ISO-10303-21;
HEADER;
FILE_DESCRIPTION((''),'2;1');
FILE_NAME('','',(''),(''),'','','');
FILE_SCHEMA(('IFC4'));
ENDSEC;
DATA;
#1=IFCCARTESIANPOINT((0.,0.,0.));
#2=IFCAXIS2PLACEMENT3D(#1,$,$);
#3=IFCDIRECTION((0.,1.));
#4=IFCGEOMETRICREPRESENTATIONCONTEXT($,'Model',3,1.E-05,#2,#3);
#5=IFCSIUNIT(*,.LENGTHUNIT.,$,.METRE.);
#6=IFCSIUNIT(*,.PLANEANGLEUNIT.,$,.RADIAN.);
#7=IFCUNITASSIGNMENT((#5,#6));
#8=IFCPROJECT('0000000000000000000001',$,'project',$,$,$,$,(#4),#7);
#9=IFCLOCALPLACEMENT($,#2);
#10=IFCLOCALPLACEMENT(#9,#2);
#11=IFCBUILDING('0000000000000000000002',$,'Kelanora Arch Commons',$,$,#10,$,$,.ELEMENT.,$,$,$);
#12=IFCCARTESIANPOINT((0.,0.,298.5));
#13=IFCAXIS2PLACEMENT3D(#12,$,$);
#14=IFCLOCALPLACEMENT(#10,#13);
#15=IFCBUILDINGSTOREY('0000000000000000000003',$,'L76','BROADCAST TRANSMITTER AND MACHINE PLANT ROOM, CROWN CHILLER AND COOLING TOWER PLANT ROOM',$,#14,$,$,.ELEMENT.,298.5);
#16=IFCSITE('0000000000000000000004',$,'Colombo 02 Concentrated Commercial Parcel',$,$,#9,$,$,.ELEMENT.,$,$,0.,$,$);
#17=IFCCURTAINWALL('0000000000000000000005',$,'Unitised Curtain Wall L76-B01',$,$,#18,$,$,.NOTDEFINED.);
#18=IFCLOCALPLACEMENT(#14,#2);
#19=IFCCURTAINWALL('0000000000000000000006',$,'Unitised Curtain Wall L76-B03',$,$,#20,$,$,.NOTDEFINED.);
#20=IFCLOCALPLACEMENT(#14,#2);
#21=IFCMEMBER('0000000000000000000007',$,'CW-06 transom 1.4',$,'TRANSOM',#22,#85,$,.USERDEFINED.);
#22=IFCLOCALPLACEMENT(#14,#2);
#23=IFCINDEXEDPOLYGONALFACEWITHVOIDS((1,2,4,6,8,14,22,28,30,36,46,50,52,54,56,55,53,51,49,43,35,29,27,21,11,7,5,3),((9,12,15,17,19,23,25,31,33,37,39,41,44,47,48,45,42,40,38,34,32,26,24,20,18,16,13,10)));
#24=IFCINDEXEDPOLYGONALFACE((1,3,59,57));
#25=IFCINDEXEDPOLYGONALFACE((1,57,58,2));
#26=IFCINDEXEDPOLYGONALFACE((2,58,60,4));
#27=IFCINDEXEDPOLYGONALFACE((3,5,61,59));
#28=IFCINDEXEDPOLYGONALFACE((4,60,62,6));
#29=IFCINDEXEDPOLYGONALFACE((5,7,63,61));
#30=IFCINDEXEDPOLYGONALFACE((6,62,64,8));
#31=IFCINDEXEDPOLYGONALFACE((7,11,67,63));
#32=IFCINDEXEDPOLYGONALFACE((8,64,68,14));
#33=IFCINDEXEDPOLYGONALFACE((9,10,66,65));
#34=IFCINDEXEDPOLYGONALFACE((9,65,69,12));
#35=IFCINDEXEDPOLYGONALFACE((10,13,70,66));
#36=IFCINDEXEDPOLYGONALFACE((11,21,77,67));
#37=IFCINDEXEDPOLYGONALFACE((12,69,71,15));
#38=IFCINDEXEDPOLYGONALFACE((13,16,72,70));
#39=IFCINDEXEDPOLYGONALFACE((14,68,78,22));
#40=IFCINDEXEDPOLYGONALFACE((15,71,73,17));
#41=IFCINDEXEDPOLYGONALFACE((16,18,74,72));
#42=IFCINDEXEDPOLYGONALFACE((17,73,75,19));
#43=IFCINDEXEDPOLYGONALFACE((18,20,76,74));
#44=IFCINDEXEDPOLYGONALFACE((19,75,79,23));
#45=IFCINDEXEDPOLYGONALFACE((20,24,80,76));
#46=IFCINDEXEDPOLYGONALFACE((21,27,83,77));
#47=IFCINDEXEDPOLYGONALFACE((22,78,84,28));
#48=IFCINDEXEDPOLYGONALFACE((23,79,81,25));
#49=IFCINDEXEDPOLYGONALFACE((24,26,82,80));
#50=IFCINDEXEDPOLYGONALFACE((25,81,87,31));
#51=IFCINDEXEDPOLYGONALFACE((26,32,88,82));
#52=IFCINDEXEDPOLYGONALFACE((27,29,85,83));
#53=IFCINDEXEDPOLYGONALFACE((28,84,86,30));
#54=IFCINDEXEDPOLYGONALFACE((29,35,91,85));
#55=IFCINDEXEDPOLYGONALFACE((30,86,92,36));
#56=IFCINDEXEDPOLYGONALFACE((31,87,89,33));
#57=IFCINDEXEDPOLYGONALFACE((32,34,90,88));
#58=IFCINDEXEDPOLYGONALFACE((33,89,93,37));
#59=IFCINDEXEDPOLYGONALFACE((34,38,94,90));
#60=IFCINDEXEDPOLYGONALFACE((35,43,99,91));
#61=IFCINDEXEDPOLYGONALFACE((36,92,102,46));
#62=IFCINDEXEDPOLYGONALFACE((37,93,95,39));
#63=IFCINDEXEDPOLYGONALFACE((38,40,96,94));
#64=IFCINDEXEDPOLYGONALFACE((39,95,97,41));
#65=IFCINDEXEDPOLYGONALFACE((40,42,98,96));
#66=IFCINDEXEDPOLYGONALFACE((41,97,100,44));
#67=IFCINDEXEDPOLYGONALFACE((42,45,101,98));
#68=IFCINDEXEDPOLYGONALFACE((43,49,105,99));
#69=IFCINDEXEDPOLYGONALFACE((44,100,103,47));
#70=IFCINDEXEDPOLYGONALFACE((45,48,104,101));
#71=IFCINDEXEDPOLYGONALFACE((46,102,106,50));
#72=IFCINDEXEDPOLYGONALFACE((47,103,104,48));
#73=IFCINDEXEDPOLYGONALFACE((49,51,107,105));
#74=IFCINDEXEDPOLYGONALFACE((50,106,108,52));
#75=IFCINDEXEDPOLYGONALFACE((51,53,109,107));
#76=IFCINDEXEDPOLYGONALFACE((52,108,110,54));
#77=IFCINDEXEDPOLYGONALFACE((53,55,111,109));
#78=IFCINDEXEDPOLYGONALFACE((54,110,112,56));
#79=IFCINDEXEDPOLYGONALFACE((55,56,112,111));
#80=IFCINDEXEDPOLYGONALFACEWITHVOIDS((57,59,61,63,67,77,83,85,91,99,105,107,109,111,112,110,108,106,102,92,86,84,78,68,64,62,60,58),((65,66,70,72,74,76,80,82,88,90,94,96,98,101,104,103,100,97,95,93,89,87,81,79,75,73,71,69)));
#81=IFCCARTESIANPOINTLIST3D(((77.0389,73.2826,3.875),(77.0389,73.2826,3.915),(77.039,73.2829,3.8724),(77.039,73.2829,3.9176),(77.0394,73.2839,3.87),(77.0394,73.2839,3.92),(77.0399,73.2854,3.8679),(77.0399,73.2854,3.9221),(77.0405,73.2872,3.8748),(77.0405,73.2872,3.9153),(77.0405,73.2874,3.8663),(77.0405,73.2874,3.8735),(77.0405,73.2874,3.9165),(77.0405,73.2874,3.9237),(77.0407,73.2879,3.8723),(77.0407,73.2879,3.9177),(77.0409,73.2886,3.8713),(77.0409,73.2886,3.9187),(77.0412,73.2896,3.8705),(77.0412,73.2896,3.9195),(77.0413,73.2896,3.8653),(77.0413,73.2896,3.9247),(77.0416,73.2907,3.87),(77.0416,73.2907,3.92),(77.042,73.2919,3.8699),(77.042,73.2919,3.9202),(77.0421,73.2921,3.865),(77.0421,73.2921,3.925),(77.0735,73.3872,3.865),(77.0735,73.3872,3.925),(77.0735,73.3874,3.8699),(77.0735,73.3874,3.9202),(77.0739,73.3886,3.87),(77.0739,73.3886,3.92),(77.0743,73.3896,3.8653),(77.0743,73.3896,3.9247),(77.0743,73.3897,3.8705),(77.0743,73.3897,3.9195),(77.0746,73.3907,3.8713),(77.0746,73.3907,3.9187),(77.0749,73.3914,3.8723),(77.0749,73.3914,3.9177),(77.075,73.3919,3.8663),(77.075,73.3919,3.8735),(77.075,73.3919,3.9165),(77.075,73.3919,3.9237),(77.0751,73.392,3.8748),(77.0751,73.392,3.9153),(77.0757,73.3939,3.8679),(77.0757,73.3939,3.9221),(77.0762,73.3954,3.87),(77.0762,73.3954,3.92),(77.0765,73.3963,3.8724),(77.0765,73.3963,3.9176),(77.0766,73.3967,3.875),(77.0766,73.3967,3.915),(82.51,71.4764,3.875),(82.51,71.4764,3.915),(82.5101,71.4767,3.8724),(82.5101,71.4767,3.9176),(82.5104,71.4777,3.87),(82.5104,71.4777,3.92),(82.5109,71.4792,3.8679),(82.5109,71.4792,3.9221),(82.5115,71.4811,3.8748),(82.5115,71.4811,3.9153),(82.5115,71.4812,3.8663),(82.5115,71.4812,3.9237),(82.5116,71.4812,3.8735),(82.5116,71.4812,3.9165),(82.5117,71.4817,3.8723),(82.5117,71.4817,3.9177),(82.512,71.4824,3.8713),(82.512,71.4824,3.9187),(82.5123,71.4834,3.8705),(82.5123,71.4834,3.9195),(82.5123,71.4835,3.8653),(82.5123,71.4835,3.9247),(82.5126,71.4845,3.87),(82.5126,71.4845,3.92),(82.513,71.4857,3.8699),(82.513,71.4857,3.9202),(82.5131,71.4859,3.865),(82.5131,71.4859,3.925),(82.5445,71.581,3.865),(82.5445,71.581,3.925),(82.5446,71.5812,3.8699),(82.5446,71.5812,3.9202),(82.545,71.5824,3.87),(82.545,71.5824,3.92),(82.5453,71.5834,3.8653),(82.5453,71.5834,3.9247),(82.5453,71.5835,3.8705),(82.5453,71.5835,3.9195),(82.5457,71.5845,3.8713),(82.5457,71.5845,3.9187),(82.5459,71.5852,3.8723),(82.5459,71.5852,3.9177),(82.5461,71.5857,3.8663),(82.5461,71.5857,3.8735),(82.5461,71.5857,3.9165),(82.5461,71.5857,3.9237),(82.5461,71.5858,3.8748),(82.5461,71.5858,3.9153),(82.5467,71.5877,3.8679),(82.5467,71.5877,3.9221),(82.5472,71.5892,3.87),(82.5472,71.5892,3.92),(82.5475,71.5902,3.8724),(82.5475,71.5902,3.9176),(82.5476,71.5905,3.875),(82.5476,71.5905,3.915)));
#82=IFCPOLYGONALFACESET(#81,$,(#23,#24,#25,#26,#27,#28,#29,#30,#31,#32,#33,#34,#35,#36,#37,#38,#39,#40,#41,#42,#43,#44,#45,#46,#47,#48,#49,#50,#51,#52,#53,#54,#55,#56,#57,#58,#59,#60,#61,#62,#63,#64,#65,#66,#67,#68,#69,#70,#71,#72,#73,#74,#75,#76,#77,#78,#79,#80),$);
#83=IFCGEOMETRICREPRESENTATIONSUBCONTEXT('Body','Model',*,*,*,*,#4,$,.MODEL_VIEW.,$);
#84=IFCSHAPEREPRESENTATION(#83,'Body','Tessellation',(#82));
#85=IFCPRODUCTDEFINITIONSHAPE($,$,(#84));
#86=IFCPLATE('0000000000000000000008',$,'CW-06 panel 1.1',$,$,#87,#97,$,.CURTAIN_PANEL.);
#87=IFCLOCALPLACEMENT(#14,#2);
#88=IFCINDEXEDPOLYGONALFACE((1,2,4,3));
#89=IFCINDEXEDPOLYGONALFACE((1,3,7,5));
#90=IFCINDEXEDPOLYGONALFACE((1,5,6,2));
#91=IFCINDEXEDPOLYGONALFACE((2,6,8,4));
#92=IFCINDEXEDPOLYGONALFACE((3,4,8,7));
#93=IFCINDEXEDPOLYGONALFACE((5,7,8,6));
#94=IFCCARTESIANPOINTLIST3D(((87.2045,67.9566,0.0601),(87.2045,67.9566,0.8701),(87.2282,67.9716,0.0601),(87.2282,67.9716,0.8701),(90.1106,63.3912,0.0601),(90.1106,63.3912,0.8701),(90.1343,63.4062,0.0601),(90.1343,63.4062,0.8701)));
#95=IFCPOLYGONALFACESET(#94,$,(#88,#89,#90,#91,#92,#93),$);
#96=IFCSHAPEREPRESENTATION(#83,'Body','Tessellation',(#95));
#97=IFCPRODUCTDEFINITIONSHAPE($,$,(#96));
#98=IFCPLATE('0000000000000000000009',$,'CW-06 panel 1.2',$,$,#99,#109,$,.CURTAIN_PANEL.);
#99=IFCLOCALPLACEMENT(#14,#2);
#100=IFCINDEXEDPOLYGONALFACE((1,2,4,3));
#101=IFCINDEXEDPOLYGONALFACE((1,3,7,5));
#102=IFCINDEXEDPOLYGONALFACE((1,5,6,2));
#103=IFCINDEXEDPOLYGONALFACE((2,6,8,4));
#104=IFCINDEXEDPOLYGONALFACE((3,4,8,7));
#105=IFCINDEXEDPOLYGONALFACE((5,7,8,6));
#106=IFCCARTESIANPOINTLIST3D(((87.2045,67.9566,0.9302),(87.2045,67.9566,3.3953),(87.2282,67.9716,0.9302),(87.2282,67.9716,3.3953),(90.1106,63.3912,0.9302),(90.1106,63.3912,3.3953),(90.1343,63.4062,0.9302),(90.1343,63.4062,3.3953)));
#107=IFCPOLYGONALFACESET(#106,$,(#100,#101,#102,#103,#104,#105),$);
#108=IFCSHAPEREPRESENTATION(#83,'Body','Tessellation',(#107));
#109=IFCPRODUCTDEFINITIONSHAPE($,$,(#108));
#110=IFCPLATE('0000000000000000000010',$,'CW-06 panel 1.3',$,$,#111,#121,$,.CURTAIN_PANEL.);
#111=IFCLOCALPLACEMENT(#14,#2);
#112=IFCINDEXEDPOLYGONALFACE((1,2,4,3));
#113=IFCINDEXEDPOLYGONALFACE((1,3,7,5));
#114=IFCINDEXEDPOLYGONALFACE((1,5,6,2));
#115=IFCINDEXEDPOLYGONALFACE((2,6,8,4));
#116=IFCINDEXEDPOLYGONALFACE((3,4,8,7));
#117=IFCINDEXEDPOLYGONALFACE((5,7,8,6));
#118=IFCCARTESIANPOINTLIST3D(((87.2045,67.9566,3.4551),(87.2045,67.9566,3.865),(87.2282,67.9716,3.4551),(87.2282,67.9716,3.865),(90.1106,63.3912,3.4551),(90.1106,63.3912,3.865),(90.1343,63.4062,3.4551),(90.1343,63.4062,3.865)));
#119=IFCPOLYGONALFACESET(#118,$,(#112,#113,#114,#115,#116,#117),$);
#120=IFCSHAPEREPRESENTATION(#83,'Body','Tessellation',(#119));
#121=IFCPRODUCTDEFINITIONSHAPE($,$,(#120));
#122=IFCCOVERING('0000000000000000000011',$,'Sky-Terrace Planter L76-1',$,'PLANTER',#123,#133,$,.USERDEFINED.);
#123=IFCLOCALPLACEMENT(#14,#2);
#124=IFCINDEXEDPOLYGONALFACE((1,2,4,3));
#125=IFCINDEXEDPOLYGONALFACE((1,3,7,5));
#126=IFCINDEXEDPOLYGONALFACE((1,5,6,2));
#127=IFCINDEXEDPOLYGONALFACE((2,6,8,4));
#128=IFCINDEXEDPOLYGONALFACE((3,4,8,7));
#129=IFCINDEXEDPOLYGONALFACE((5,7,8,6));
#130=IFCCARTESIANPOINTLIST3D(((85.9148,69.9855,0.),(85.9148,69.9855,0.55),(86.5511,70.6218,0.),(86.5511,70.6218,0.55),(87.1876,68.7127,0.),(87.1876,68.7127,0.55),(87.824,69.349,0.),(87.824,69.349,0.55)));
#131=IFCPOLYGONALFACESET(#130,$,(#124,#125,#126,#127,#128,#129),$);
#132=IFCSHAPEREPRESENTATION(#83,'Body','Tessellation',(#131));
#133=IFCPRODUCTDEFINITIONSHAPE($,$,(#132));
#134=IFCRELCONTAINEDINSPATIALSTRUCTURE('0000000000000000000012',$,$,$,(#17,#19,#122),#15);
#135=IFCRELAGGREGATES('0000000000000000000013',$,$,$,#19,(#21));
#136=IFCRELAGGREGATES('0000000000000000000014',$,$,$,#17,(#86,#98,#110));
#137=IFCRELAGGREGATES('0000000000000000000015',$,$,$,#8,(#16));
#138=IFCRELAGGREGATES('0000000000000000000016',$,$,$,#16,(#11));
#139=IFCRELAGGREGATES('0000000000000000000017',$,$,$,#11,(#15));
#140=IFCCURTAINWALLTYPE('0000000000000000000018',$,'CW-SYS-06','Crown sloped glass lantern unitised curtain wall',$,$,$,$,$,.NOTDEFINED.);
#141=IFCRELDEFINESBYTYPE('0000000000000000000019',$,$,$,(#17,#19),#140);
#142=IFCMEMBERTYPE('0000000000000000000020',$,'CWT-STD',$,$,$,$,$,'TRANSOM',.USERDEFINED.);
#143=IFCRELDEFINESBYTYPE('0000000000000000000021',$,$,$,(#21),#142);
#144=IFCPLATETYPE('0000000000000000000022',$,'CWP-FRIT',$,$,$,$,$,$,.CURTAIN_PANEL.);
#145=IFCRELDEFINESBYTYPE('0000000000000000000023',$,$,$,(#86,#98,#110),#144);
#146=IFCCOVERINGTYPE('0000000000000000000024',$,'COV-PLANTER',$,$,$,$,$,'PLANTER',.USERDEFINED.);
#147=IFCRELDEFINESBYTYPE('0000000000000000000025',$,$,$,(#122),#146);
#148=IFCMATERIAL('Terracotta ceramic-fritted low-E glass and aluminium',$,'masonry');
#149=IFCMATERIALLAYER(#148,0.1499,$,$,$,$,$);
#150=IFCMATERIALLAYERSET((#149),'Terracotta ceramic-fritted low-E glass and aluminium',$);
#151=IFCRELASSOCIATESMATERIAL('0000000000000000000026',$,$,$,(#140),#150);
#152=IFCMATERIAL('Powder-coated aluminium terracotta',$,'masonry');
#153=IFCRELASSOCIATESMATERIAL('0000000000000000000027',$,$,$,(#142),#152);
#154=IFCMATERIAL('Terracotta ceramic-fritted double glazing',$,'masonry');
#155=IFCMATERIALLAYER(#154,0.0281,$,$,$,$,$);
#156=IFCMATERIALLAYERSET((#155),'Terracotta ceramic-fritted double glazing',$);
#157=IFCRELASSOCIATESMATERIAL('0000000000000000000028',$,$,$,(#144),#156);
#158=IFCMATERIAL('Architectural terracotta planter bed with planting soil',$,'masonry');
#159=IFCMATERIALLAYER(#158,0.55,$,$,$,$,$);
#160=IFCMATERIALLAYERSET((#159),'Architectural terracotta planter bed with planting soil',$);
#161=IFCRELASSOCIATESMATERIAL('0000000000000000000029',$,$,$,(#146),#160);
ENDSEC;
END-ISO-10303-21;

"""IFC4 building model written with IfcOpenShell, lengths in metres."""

from ifc_helpers import new_model, si_unit, direction, frame, origin, origin_2d, place, context, subcontext, project, spatial, rectangle, hollow_rectangle, extrude, source, transform, mapped, material, layer, layer_set, material_profile, profile_set, type_object, element, aggregate, save


model = new_model("IFC4")

# Units and contexts
model_context = context("Model", 3, precision=1e-05, world=origin(), true_north=direction((0.0, 1.0)))
body_context = subcontext(model_context, "Body", "Model", "MODEL_VIEW")
ifc_project = project(units=[si_unit("LENGTHUNIT", "METRE"), si_unit("PLANEANGLEUNIT", "RADIAN")], contexts=[model_context])

# Site, building, storey
site_placement = place(None, origin())
site = spatial("IfcSite", under=ifc_project, at=site_placement, Name="Colombo 02 Concentrated Commercial Parcel", CompositionType="ELEMENT", RefElevation=0.0)
building_placement = place(site_placement, origin())
building = spatial("IfcBuilding", under=site, at=building_placement, Name="Kelanora Arch Commons", CompositionType="ELEMENT")
storey_placement = place(building_placement, frame((0.0, 0.0, 298.5)))
storey = spatial("IfcBuildingStorey", under=building, at=storey_placement, Name="L76", Description="BROADCAST TRANSMITTER AND MACHINE PLANT ROOM, CROWN CHILLER AND COOLING TOWER PLANT ROOM", CompositionType="ELEMENT", Elevation=298.5)

# Curtain walls
ifc_material_1 = material(Name="Terracotta ceramic-fritted low-E glass and aluminium", Category="masonry")
ifc_layer_1 = layer(ifc_material_1, 0.1499)
ifc_layer_set_1 = layer_set([ifc_layer_1], Name="Terracotta ceramic-fritted low-E glass and aluminium")
curtain_wall_type = type_object("IfcCurtainWallType", Name="CW-SYS-06", Description="Crown sloped glass lantern unitised curtain wall", PredefinedType="NOTDEFINED", material=ifc_layer_set_1)
curtain_wall_1_placement = place(storey_placement, origin())
curtain_wall_1 = element("IfcCurtainWall", 1, at=curtain_wall_1_placement, inside=storey, type_object=curtain_wall_type, Name="Unitised Curtain Wall L76-B01", PredefinedType="NOTDEFINED")
ifc_material_2 = material(Name="Powder-coated aluminium terracotta", Category="masonry")
curtain_wall_2_placement = place(storey_placement, origin())
curtain_wall_2 = element("IfcCurtainWall", 2, at=curtain_wall_2_placement, inside=storey, type_object=curtain_wall_type, Name="Unitised Curtain Wall L76-B03", PredefinedType="NOTDEFINED")

# Member
ifc_material_profile_1 = material_profile(ifc_material_2, hollow_rectangle(XDim=0.1201, YDim=0.0601, WallThickness=0.0049, InnerFilletRadius=0.0049, OuterFilletRadius=0.01, at=origin_2d()), Name="CWT120x60")
ifc_profile_set_1 = profile_set([ifc_material_profile_1], Name="Powder-coated aluminium terracotta")
member_type_1 = type_object("IfcMemberType", Name="CWT-STD", ElementType="TRANSOM", PredefinedType="USERDEFINED", material=ifc_profile_set_1)
member_1_placement = place(storey_placement, frame((82.5288, 71.5334, 3.895), z_axis=(-0.94959, 0.313493, 0.0), x_axis=(-0.313493, -0.94959, 0.0)))
member_1 = element("IfcMember", 3, at=member_1_placement, type_object=member_type_1, Name="CW-06 transom 1.4", ObjectType="TRANSOM", PredefinedType="USERDEFINED", context=body_context, shape_type="SweptSolid", body=[
    extrude(hollow_rectangle(XDim=0.1201, YDim=0.0601, WallThickness=0.0049, InnerFilletRadius=0.0049, OuterFilletRadius=0.01, at=origin_2d()), origin(), (0.0, 0.0, 1.0), 5.7615),
])
aggregate(curtain_wall_2, [member_1])

# Plates
ifc_material_3 = material(Name="Terracotta ceramic-fritted double glazing", Category="masonry")
ifc_layer_2 = layer(ifc_material_3, 0.0281)
ifc_layer_set_2 = layer_set([ifc_layer_2], Name="Terracotta ceramic-fritted double glazing")
plate_type = type_object("IfcPlateType", Name="CWP-FRIT", PredefinedType="CURTAIN_PANEL", material=ifc_layer_set_2)
shared_shape_1 = source(origin(), body_context, "Body", "SweptSolid", [
    extrude(rectangle(XDim=5.4119, YDim=0.0281, at=origin_2d()), origin(), (0.0, 0.0, 1.0), 0.8101),
])
plate_1_placement = place(storey_placement, frame((88.6694, 65.6814, 0.0601), z_axis=(0.0, 0.0, 1.0), x_axis=(-0.536984, 0.843592, 0.0)))
plate_1 = element("IfcPlate", 4, at=plate_1_placement, type_object=plate_type, Name="CW-06 panel 1.1", PredefinedType="CURTAIN_PANEL", context=body_context, shape_type="MappedRepresentation", body=[
    mapped(shared_shape_1, transform((0.0, 0.0, 0.0), scale=1.0)),
])
shared_shape_2 = source(origin(), body_context, "Body", "SweptSolid", [
    extrude(rectangle(XDim=5.4119, YDim=0.0281, at=origin_2d()), origin(), (0.0, 0.0, 1.0), 2.4651),
])
plate_2_placement = place(storey_placement, frame((88.6694, 65.6814, 0.9302), z_axis=(0.0, 0.0, 1.0), x_axis=(-0.536984, 0.843592, 0.0)))
plate_2 = element("IfcPlate", 5, at=plate_2_placement, type_object=plate_type, Name="CW-06 panel 1.2", PredefinedType="CURTAIN_PANEL", context=body_context, shape_type="MappedRepresentation", body=[
    mapped(shared_shape_2, transform((0.0, 0.0, 0.0), scale=1.0)),
])
shared_shape_3 = source(origin(), body_context, "Body", "SweptSolid", [
    extrude(rectangle(XDim=5.4119, YDim=0.0281, at=origin_2d()), origin(), (0.0, 0.0, 1.0), 0.4099),
])
plate_3_placement = place(storey_placement, frame((88.6694, 65.6814, 3.4551), z_axis=(0.0, 0.0, 1.0), x_axis=(-0.536984, 0.843592, 0.0)))
plate_3 = element("IfcPlate", 6, at=plate_3_placement, type_object=plate_type, Name="CW-06 panel 1.3", PredefinedType="CURTAIN_PANEL", context=body_context, shape_type="MappedRepresentation", body=[
    mapped(shared_shape_3, transform((0.0, 0.0, 0.0), scale=1.0)),
])
aggregate(curtain_wall_1, [plate_1, plate_2, plate_3])

# Covering
ifc_material_4 = material(Name="Architectural terracotta planter bed with planting soil", Category="masonry")
ifc_layer_3 = layer(ifc_material_4, 0.55)
ifc_layer_set_3 = layer_set([ifc_layer_3], Name="Architectural terracotta planter bed with planting soil")
covering_type = type_object("IfcCoveringType", Name="COV-PLANTER", ElementType="PLANTER", PredefinedType="USERDEFINED", material=ifc_layer_set_3)
shared_shape_4 = source(origin(), body_context, "Body", "SweptSolid", [
    extrude(rectangle(XDim=1.8, YDim=0.8999, at=origin_2d()), origin(), (0.0, 0.0, 1.0), 0.55),
])
covering_placement = place(storey_placement, frame((86.8694, 69.6672, 0.0), z_axis=(0.0, 0.0, 1.0), x_axis=(-0.707107, 0.707107, 0.0)))
element("IfcCovering", 7, at=covering_placement, inside=storey, type_object=covering_type, Name="Sky-Terrace Planter L76-1", ObjectType="PLANTER", PredefinedType="USERDEFINED", context=body_context, shape_type="MappedRepresentation", body=[
    mapped(shared_shape_4, transform((0.0, 0.0, 0.0), scale=1.0)),
])

save(model, "model.ifc")
